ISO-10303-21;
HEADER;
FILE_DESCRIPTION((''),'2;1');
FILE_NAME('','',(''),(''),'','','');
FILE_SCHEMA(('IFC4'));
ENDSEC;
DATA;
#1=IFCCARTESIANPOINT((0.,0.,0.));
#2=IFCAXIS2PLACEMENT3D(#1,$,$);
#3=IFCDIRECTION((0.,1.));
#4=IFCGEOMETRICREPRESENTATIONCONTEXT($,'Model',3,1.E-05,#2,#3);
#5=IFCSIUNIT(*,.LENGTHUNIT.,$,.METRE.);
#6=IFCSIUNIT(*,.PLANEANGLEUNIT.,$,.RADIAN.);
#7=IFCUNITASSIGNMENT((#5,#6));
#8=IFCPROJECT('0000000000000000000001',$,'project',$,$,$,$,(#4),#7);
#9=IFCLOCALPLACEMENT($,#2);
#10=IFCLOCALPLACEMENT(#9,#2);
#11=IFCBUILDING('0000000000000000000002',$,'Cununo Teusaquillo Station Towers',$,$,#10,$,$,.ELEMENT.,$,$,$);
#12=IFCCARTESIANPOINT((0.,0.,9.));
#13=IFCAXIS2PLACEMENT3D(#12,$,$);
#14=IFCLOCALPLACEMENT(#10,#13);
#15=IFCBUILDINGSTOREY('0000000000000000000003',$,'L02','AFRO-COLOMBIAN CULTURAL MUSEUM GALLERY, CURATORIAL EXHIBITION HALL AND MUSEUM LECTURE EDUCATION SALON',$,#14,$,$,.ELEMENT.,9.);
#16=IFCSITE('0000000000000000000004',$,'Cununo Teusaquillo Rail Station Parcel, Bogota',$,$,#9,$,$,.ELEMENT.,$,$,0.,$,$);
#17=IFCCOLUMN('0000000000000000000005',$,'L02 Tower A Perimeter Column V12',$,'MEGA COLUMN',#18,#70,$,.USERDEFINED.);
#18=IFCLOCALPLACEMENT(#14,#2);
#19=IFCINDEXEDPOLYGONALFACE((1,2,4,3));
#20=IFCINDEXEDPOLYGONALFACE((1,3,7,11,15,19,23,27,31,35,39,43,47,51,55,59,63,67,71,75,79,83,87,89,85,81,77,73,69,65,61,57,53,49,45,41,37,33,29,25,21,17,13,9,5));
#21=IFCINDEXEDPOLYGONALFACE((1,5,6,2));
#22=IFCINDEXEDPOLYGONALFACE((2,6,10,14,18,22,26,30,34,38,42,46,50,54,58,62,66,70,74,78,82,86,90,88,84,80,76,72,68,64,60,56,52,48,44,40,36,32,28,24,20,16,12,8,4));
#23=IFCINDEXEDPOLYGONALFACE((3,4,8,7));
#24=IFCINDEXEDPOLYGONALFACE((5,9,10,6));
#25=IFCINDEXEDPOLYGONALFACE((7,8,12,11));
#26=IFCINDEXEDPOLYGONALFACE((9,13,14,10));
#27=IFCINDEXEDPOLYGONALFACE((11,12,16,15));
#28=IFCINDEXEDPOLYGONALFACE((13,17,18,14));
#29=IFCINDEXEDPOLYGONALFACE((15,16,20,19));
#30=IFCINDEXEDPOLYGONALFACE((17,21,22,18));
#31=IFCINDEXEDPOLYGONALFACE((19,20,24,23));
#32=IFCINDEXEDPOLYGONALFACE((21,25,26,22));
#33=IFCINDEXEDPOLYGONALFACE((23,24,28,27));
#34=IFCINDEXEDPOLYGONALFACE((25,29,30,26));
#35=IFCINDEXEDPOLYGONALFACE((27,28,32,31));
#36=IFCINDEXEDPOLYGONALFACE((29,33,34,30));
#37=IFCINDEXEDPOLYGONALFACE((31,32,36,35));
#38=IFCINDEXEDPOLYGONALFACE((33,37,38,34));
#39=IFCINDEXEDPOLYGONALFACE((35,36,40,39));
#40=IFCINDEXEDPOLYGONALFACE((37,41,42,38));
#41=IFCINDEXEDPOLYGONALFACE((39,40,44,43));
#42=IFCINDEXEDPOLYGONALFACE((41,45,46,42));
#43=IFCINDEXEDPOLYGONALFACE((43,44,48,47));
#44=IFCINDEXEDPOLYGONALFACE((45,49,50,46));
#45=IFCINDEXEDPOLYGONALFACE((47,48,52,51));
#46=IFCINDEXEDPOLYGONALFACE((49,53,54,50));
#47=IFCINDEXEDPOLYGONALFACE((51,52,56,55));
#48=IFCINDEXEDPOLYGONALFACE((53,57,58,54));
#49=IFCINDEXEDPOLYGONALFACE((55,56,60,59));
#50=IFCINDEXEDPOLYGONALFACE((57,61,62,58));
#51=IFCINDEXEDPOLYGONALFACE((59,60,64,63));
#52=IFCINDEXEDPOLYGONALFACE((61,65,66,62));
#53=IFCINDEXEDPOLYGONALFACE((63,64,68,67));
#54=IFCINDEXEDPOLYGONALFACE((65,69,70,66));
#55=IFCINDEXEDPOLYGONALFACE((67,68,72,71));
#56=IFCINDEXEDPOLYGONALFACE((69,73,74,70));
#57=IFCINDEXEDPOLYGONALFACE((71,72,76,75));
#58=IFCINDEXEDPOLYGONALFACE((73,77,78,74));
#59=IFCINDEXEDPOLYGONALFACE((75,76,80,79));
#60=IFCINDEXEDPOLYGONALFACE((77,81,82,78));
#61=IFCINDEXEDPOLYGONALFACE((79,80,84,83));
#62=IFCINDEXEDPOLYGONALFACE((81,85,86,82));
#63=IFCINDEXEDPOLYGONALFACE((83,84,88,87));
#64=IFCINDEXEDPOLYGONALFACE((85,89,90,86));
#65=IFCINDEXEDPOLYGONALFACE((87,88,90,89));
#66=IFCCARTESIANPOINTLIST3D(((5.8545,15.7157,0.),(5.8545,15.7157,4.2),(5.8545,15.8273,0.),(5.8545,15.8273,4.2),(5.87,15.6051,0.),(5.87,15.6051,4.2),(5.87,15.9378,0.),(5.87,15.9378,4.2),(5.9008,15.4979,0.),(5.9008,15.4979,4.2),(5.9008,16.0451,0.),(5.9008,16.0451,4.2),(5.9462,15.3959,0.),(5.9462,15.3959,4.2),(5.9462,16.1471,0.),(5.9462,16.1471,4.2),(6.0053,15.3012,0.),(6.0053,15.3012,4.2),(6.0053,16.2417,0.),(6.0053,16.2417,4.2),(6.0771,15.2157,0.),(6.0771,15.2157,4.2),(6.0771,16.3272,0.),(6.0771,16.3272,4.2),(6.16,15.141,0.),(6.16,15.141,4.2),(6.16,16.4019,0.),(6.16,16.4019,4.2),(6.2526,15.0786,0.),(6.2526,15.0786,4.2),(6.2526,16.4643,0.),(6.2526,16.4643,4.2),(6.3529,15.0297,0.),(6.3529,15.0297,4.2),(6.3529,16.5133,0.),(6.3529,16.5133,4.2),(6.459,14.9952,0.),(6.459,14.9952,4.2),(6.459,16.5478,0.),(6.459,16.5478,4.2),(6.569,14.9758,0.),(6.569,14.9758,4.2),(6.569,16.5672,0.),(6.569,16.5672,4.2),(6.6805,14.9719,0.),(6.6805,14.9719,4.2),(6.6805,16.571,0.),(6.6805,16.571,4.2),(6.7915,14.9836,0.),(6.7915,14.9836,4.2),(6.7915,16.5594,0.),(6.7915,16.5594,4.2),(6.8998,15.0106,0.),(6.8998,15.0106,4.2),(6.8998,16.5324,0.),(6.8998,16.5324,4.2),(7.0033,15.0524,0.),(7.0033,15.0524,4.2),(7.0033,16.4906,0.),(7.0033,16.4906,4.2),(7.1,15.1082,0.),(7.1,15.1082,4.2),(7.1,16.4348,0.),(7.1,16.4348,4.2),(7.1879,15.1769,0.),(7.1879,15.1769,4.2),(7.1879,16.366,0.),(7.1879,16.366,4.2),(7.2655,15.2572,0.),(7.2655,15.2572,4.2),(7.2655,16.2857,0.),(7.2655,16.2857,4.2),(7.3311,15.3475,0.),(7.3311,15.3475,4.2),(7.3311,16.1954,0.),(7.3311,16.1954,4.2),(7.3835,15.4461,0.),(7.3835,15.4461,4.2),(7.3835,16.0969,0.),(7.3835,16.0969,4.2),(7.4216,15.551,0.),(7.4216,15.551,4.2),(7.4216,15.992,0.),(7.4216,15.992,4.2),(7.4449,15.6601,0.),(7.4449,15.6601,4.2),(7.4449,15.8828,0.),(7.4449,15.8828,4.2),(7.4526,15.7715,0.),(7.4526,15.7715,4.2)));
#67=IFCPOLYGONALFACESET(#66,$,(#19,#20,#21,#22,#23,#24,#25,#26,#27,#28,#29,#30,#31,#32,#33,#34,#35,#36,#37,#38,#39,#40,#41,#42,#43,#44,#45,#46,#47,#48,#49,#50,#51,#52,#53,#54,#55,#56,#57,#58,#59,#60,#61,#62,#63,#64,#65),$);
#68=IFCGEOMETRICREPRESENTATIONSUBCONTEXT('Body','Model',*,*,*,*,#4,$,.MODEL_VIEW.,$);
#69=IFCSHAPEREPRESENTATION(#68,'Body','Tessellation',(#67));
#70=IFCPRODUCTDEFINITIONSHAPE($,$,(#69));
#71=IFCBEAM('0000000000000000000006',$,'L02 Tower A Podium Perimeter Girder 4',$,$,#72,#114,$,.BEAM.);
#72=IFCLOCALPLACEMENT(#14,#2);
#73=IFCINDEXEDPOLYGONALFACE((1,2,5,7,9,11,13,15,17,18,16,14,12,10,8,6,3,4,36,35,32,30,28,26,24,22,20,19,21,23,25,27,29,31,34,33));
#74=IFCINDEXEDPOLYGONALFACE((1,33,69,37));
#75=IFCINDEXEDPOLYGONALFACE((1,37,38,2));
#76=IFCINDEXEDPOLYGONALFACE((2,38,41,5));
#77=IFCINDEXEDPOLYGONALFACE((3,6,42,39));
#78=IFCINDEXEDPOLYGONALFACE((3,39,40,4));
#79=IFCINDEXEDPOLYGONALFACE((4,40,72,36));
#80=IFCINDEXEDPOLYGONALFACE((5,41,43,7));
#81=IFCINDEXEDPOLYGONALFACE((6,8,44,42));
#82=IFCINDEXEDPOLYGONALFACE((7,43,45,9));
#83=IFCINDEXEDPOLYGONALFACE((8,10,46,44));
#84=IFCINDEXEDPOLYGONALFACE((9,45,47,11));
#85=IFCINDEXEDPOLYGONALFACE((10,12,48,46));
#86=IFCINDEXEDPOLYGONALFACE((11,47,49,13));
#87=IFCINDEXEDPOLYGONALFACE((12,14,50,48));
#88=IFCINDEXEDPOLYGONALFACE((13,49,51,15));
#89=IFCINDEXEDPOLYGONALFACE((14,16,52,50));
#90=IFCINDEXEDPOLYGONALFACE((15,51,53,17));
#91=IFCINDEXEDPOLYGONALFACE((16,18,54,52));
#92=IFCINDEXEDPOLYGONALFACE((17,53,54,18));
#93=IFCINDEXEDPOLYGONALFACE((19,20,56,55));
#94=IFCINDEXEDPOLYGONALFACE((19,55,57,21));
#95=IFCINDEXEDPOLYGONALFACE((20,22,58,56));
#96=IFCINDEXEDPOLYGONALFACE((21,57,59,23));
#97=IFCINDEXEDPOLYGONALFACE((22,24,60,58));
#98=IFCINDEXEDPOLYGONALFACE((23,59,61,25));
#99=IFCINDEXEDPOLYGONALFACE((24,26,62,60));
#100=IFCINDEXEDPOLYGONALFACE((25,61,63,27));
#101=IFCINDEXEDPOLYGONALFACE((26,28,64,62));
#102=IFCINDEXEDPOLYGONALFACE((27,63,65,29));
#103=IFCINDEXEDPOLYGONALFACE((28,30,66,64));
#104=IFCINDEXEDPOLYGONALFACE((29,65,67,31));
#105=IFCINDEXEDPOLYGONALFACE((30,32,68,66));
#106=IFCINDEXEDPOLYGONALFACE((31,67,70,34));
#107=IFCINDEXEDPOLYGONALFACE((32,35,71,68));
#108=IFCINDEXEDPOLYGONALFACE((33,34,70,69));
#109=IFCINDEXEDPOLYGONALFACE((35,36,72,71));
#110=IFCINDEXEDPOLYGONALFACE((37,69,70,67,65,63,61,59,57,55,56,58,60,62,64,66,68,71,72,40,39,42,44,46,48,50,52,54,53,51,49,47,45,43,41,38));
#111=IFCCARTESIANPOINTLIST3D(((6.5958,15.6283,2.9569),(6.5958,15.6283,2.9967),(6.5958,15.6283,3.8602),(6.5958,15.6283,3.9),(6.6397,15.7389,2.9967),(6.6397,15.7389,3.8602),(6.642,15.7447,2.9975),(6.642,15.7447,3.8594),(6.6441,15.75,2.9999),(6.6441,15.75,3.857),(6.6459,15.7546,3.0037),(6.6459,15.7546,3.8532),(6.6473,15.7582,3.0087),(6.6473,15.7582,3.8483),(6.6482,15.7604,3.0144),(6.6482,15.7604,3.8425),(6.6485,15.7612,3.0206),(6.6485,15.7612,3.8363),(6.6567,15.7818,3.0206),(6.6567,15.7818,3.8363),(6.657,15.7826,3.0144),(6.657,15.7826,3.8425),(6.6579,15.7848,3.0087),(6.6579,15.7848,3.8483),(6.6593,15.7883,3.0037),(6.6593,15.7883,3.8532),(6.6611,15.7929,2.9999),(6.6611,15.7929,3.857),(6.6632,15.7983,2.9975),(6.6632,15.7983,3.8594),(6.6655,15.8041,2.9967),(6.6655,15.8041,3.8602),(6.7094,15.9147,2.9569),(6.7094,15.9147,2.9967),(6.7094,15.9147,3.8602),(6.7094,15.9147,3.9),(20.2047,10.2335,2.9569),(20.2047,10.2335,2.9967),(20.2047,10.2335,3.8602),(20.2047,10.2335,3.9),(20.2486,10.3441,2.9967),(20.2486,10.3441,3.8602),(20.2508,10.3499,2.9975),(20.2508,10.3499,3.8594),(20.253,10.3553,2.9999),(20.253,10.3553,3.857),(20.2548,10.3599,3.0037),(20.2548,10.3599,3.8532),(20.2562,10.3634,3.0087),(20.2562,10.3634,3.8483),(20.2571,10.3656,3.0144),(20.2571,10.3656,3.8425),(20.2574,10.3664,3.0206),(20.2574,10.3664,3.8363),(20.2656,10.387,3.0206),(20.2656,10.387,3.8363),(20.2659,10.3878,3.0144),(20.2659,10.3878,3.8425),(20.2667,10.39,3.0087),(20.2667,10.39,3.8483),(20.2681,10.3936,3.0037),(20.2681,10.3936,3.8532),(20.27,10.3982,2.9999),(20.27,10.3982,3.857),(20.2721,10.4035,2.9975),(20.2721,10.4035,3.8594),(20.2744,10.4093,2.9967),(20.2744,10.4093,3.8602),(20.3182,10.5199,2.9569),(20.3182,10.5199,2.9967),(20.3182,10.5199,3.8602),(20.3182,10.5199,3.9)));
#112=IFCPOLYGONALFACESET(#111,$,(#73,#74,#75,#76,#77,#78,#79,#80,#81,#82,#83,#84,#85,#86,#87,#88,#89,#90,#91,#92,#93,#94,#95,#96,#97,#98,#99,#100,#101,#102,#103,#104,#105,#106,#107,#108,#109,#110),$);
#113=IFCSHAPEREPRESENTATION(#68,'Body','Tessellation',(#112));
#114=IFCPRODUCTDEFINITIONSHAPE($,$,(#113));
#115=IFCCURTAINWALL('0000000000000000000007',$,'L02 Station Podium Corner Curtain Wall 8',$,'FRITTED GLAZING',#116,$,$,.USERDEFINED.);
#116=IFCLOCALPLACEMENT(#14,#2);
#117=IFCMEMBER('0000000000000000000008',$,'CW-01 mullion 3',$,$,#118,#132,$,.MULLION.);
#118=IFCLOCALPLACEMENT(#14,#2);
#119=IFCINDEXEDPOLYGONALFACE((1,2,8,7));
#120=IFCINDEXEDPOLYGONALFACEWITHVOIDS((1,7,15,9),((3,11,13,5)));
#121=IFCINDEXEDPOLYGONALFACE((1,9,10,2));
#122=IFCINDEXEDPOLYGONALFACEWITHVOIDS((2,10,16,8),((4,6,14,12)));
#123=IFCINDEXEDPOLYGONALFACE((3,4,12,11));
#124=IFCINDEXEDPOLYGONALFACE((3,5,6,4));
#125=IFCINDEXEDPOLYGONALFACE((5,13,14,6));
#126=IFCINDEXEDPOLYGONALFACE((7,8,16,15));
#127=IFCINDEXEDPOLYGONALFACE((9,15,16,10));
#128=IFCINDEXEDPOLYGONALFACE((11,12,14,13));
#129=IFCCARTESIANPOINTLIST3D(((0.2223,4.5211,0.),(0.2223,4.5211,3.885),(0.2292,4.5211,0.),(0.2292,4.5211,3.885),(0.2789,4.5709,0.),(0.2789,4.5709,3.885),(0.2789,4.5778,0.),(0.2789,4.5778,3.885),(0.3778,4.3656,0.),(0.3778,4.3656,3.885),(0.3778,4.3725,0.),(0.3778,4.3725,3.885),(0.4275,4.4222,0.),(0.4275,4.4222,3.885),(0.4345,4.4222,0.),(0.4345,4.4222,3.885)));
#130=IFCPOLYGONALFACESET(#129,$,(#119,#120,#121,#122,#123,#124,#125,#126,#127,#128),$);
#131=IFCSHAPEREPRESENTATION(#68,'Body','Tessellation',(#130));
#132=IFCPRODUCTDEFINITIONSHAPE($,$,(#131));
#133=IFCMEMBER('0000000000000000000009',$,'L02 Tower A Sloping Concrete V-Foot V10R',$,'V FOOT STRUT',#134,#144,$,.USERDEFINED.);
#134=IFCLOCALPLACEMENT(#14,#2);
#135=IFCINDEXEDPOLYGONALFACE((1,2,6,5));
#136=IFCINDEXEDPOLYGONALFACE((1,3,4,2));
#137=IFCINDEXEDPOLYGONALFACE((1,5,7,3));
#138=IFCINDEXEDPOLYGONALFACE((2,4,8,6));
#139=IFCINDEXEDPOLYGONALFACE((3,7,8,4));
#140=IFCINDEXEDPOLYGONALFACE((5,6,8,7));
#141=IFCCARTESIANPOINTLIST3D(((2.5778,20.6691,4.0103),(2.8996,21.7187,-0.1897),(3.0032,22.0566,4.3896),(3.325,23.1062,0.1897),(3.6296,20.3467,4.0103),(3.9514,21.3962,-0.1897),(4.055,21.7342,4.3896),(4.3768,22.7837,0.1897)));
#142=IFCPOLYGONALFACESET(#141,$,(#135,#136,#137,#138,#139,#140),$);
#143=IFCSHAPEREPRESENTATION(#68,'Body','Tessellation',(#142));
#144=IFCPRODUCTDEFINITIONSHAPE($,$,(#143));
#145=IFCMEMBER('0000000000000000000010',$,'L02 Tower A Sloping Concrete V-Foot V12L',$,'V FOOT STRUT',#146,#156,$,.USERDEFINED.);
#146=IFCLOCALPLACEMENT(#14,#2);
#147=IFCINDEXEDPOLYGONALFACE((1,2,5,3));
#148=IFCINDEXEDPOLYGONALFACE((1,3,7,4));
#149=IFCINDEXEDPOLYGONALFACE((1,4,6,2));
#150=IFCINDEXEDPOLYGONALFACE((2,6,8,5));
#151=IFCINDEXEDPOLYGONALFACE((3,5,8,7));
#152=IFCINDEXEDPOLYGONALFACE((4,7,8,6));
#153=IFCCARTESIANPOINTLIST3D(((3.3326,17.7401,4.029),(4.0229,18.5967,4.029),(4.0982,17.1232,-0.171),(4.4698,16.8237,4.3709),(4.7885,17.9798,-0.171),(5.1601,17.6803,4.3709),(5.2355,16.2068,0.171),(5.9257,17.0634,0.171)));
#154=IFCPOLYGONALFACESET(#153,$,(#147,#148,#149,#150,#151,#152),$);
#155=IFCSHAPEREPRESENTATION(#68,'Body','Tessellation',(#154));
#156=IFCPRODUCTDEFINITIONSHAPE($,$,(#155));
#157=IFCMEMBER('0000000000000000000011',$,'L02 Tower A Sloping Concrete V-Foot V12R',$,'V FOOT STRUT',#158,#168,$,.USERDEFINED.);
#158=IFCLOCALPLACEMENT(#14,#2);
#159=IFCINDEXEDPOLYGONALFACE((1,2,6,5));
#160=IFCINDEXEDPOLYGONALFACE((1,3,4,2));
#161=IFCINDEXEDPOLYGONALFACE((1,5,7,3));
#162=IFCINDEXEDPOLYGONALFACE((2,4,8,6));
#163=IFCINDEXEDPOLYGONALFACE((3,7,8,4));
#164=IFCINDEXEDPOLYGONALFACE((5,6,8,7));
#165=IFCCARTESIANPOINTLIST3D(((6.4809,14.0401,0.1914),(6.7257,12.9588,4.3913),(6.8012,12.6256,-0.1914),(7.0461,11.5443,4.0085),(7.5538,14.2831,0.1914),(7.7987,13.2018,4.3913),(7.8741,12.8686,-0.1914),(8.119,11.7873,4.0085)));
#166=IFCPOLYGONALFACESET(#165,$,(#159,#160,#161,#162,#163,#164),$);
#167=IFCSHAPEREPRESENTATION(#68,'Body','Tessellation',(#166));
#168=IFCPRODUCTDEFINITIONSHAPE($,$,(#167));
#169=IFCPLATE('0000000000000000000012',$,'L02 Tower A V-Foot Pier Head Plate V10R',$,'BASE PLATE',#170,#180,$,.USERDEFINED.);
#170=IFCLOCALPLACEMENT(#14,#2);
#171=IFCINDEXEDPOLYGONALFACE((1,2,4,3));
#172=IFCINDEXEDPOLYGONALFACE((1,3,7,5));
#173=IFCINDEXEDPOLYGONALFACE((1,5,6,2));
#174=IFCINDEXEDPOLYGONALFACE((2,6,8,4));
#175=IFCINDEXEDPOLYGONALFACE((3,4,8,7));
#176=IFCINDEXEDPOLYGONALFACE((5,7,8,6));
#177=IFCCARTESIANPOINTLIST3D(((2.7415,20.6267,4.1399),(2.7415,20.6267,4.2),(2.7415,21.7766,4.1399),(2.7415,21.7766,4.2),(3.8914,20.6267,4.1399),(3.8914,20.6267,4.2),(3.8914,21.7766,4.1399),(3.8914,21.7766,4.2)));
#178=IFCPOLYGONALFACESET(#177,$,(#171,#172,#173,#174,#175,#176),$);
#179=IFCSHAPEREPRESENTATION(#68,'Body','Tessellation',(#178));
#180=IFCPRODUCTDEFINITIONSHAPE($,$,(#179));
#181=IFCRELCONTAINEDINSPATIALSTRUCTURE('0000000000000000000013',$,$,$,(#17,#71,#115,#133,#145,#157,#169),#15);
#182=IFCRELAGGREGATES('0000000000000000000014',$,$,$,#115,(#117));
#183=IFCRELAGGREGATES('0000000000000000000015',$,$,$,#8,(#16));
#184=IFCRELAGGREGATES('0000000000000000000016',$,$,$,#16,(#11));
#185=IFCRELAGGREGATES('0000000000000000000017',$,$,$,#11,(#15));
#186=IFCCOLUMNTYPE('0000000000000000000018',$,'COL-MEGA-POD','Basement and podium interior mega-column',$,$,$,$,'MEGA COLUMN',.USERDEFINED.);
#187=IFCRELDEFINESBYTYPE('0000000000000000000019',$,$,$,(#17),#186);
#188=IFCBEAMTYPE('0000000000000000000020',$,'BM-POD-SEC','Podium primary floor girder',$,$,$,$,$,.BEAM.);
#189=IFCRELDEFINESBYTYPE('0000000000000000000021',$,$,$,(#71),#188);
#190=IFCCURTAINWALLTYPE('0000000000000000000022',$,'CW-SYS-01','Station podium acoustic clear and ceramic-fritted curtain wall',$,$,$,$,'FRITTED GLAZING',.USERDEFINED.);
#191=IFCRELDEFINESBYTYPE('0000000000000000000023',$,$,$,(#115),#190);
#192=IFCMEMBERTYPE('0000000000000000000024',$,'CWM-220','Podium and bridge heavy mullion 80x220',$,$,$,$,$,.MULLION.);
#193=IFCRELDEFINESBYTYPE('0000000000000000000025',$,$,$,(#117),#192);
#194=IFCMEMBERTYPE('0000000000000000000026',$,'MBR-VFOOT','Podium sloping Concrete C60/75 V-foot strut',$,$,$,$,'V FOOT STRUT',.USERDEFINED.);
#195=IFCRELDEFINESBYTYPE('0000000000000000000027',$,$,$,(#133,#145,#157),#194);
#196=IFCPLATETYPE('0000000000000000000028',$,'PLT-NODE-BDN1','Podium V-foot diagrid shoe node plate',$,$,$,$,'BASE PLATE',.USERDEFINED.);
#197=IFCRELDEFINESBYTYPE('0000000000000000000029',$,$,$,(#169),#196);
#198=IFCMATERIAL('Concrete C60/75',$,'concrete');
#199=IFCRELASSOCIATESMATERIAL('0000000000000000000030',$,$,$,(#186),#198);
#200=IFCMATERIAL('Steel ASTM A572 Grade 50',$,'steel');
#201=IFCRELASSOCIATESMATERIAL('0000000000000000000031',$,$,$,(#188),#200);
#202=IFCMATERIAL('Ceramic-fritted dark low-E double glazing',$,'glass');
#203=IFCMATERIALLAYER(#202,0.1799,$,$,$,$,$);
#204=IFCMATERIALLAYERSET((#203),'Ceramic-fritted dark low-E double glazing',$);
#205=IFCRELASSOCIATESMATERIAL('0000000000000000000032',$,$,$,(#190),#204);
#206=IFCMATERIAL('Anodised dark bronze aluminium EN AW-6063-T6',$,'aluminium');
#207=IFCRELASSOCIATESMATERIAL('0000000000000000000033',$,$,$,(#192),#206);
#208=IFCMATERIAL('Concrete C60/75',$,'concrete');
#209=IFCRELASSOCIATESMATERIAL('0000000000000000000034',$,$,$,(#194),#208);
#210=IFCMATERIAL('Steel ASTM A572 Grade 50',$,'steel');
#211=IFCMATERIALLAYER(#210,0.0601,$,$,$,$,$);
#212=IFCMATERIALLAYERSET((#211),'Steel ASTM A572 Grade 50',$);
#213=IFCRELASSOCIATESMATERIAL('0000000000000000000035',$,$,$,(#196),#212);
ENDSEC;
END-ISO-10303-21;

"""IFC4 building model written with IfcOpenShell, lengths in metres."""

from ifc_helpers import new_model, si_unit, direction, frame, origin, origin_2d, place, context, subcontext, project, spatial, rectangle, hollow_rectangle, circle, i_section, extrude, source, transform, mapped, material, layer, layer_set, material_profile, profile_set, type_object, element, aggregate, save


model = new_model("IFC4")

# Units and contexts
model_context = context("Model", 3, precision=1e-05, world=origin(), true_north=direction((0.0, 1.0)))
body_context = subcontext(model_context, "Body", "Model", "MODEL_VIEW")
ifc_project = project(units=[si_unit("LENGTHUNIT", "METRE"), si_unit("PLANEANGLEUNIT", "RADIAN")], contexts=[model_context])

# Site, building, storey
site_placement = place(None, origin())
site = spatial("IfcSite", under=ifc_project, at=site_placement, Name="Cununo Teusaquillo Rail Station Parcel, Bogota", CompositionType="ELEMENT", RefElevation=0.0)
building_placement = place(site_placement, origin())
building = spatial("IfcBuilding", under=site, at=building_placement, Name="Cununo Teusaquillo Station Towers", CompositionType="ELEMENT")
storey_placement = place(building_placement, frame((0.0, 0.0, 9.0)))
storey = spatial("IfcBuildingStorey", under=building, at=storey_placement, Name="L02", Description="AFRO-COLOMBIAN CULTURAL MUSEUM GALLERY, CURATORIAL EXHIBITION HALL AND MUSEUM LECTURE EDUCATION SALON", CompositionType="ELEMENT", Elevation=9.0)

# Column
ifc_material_1 = material(Name="Concrete C60/75", Category="concrete")
ifc_material_profile_1 = material_profile(ifc_material_1, circle(Radius=0.8, at=origin_2d()), Name="RC-CIRC-1600")
ifc_profile_set_1 = profile_set([ifc_material_profile_1], Name="Concrete C60/75")
column_type = type_object("IfcColumnType", Name="COL-MEGA-POD", Description="Basement and podium interior mega-column", ElementType="MEGA COLUMN", PredefinedType="USERDEFINED", material=ifc_profile_set_1)
column_placement = place(storey_placement, frame((6.6526, 15.7715, 0.0), z_axis=(0.0, 0.0, 1.0), x_axis=(1.0, 0.0, 0.0)))
element("IfcColumn", 1, at=column_placement, inside=storey, type_object=column_type, Name="L02 Tower A Perimeter Column V12", ObjectType="MEGA COLUMN", PredefinedType="USERDEFINED", context=body_context, shape_type="SweptSolid", body=[
    extrude(circle(Radius=0.8, at=origin_2d()), origin(), (0.0, 0.0, 1.0), 4.2),
])

# Beam
ifc_material_2 = material(Name="Steel ASTM A572 Grade 50", Category="steel")
ifc_material_profile_2 = material_profile(ifc_material_2, i_section(OverallWidth=0.3081, OverallDepth=0.9431, WebThickness=0.0222, FlangeThickness=0.0398, FilletRadius=0.0239, at=origin_2d()), Name="W36X232")
ifc_profile_set_2 = profile_set([ifc_material_profile_2], Name="Steel ASTM A572 Grade 50")
beam_type = type_object("IfcBeamType", Name="BM-POD-SEC", Description="Podium primary floor girder", PredefinedType="BEAM", material=ifc_profile_set_2)
beam_placement = place(storey_placement, frame((6.6526, 15.7715, 3.4285), z_axis=(0.929621, -0.368516, 0.0), x_axis=(0.368516, 0.929621, 0.0)))
element("IfcBeam", 2, at=beam_placement, inside=storey, type_object=beam_type, Name="L02 Tower A Podium Perimeter Girder 4", PredefinedType="BEAM", context=body_context, shape_type="SweptSolid", body=[
    extrude(i_section(OverallWidth=0.3081, OverallDepth=0.9431, WebThickness=0.0222, FlangeThickness=0.0398, FilletRadius=0.0239, at=origin_2d()), origin(), (0.0, 0.0, 1.0), 14.6392),
])

# Curtain wall, member
ifc_material_3 = material(Name="Ceramic-fritted dark low-E double glazing", Category="glass")
ifc_layer_1 = layer(ifc_material_3, 0.1799)
ifc_layer_set_1 = layer_set([ifc_layer_1], Name="Ceramic-fritted dark low-E double glazing")
curtain_wall_type = type_object("IfcCurtainWallType", Name="CW-SYS-01", Description="Station podium acoustic clear and ceramic-fritted curtain wall", ElementType="FRITTED GLAZING", PredefinedType="USERDEFINED", material=ifc_layer_set_1)
curtain_wall_placement = place(storey_placement, origin())
curtain_wall = element("IfcCurtainWall", 3, at=curtain_wall_placement, inside=storey, type_object=curtain_wall_type, Name="L02 Station Podium Corner Curtain Wall 8", ObjectType="FRITTED GLAZING", PredefinedType="USERDEFINED")
ifc_material_4 = material(Name="Anodised dark bronze aluminium EN AW-6063-T6", Category="aluminium")
ifc_material_profile_3 = material_profile(ifc_material_4, hollow_rectangle(XDim=0.0801, YDim=0.22, WallThickness=0.0049, at=origin_2d()), Name="CW-MULL-80x220")
ifc_profile_set_3 = profile_set([ifc_material_profile_3], Name="Anodised dark bronze aluminium EN AW-6063-T6")
member_type_1 = type_object("IfcMemberType", Name="CWM-220", Description="Podium and bridge heavy mullion 80x220", PredefinedType="MULLION", material=ifc_profile_set_3)
member_1_placement = place(storey_placement, frame((0.3284, 4.4717, 0.0), z_axis=(0.0, 0.0, 1.0), x_axis=(-0.707107, -0.707107, 0.0)))
member_1 = element("IfcMember", 4, at=member_1_placement, type_object=member_type_1, Name="CW-01 mullion 3", PredefinedType="MULLION", context=body_context, shape_type="SweptSolid", body=[
    extrude(hollow_rectangle(XDim=0.0801, YDim=0.22, WallThickness=0.0049, at=origin_2d()), origin(), (0.0, 0.0, 1.0), 3.885),
])

# Members
ifc_material_5 = material(Name="Concrete C60/75", Category="concrete")
ifc_material_profile_4 = material_profile(ifc_material_5, rectangle(XDim=1.1001, YDim=1.5, at=origin_2d()), Name="RC-RECT-1500x1100")
ifc_profile_set_4 = profile_set([ifc_material_profile_4], Name="Concrete C60/75")
member_type_2 = type_object("IfcMemberType", Name="MBR-VFOOT", Description="Podium sloping Concrete C60/75 V-foot strut", ElementType="V FOOT STRUT", PredefinedType="USERDEFINED", material=ifc_profile_set_4)
member_2_placement = place(storey_placement, frame((3.6382, 22.2512, 0.0), z_axis=(-0.074124, -0.241776, 0.967497), x_axis=(0.956077, -0.293117, 0.0)))
element("IfcMember", 5, at=member_2_placement, inside=storey, type_object=member_type_2, Name="L02 Tower A Sloping Concrete V-Foot V10R", ObjectType="V FOOT STRUT", PredefinedType="USERDEFINED", context=body_context, shape_type="SweptSolid", body=[
    extrude(rectangle(XDim=1.1001, YDim=1.5, at=origin_2d()), origin(), (0.0, 0.0, 1.0), 4.3411),
])
member_3_placement = place(storey_placement, frame((5.012, 17.0933, 0.0), z_axis=(-0.177495, 0.143026, 0.973673), x_axis=(-0.627447, -0.77866, 0.0)))
element("IfcMember", 6, at=member_3_placement, inside=storey, type_object=member_type_2, Name="L02 Tower A Sloping Concrete V-Foot V12L", ObjectType="V FOOT STRUT", PredefinedType="USERDEFINED", context=body_context, shape_type="SweptSolid", body=[
    extrude(rectangle(XDim=1.1001, YDim=1.5, at=origin_2d()), origin(), (0.0, 0.0, 1.0), 4.3135),
])
member_4_placement = place(storey_placement, frame((7.1775, 13.4543, 0.0), z_axis=(0.056373, -0.248928, 0.96688), x_axis=(0.975303, 0.220869, 0.0)))
element("IfcMember", 7, at=member_4_placement, inside=storey, type_object=member_type_2, Name="L02 Tower A Sloping Concrete V-Foot V12R", ObjectType="V FOOT STRUT", PredefinedType="USERDEFINED", context=body_context, shape_type="SweptSolid", body=[
    extrude(rectangle(XDim=1.1001, YDim=1.5, at=origin_2d()), origin(), (0.0, 0.0, 1.0), 4.3438),
])

# Plate
ifc_material_6 = material(Name="Steel ASTM A572 Grade 50", Category="steel")
ifc_layer_2 = layer(ifc_material_6, 0.0601)
ifc_layer_set_2 = layer_set([ifc_layer_2], Name="Steel ASTM A572 Grade 50")
plate_type_1 = type_object("IfcPlateType", Name="PLT-NODE-BDN1", Description="Podium V-foot diagrid shoe node plate", ElementType="BASE PLATE", PredefinedType="USERDEFINED", material=ifc_layer_set_2)
shared_shape_1 = source(origin(), body_context, "Body", "SweptSolid", [
    extrude(rectangle(XDim=1.1499, YDim=1.1499, at=origin_2d()), origin(), (0.0, 0.0, 1.0), 0.0601),
])
for number, where, z_axis, x_axis, name in (
    (8, (3.3164, 21.2017, 4.1399), (0.0, 0.0, 1.0), (1.0, 0.0, 0.0), "L02 Tower A V-Foot Pier Head Plate V10R"),
):
    element("IfcPlate", number, at=place(storey_placement, frame(where, z_axis=z_axis, x_axis=x_axis)), inside=storey, type_object=plate_type_1, Name=name, ObjectType="BASE PLATE", PredefinedType="USERDEFINED", context=body_context, shape_type="MappedRepresentation", body=[
        mapped(shared_shape_1, transform((0.0, 0.0, 0.0), x_axis=(1.0, 0.0, 0.0), y_axis=(0.0, 1.0, 0.0), z_axis=(0.0, 0.0, 1.0), scale=1.0)),
    ])

aggregate(curtain_wall, [member_1])

save(model, "model.ifc")
